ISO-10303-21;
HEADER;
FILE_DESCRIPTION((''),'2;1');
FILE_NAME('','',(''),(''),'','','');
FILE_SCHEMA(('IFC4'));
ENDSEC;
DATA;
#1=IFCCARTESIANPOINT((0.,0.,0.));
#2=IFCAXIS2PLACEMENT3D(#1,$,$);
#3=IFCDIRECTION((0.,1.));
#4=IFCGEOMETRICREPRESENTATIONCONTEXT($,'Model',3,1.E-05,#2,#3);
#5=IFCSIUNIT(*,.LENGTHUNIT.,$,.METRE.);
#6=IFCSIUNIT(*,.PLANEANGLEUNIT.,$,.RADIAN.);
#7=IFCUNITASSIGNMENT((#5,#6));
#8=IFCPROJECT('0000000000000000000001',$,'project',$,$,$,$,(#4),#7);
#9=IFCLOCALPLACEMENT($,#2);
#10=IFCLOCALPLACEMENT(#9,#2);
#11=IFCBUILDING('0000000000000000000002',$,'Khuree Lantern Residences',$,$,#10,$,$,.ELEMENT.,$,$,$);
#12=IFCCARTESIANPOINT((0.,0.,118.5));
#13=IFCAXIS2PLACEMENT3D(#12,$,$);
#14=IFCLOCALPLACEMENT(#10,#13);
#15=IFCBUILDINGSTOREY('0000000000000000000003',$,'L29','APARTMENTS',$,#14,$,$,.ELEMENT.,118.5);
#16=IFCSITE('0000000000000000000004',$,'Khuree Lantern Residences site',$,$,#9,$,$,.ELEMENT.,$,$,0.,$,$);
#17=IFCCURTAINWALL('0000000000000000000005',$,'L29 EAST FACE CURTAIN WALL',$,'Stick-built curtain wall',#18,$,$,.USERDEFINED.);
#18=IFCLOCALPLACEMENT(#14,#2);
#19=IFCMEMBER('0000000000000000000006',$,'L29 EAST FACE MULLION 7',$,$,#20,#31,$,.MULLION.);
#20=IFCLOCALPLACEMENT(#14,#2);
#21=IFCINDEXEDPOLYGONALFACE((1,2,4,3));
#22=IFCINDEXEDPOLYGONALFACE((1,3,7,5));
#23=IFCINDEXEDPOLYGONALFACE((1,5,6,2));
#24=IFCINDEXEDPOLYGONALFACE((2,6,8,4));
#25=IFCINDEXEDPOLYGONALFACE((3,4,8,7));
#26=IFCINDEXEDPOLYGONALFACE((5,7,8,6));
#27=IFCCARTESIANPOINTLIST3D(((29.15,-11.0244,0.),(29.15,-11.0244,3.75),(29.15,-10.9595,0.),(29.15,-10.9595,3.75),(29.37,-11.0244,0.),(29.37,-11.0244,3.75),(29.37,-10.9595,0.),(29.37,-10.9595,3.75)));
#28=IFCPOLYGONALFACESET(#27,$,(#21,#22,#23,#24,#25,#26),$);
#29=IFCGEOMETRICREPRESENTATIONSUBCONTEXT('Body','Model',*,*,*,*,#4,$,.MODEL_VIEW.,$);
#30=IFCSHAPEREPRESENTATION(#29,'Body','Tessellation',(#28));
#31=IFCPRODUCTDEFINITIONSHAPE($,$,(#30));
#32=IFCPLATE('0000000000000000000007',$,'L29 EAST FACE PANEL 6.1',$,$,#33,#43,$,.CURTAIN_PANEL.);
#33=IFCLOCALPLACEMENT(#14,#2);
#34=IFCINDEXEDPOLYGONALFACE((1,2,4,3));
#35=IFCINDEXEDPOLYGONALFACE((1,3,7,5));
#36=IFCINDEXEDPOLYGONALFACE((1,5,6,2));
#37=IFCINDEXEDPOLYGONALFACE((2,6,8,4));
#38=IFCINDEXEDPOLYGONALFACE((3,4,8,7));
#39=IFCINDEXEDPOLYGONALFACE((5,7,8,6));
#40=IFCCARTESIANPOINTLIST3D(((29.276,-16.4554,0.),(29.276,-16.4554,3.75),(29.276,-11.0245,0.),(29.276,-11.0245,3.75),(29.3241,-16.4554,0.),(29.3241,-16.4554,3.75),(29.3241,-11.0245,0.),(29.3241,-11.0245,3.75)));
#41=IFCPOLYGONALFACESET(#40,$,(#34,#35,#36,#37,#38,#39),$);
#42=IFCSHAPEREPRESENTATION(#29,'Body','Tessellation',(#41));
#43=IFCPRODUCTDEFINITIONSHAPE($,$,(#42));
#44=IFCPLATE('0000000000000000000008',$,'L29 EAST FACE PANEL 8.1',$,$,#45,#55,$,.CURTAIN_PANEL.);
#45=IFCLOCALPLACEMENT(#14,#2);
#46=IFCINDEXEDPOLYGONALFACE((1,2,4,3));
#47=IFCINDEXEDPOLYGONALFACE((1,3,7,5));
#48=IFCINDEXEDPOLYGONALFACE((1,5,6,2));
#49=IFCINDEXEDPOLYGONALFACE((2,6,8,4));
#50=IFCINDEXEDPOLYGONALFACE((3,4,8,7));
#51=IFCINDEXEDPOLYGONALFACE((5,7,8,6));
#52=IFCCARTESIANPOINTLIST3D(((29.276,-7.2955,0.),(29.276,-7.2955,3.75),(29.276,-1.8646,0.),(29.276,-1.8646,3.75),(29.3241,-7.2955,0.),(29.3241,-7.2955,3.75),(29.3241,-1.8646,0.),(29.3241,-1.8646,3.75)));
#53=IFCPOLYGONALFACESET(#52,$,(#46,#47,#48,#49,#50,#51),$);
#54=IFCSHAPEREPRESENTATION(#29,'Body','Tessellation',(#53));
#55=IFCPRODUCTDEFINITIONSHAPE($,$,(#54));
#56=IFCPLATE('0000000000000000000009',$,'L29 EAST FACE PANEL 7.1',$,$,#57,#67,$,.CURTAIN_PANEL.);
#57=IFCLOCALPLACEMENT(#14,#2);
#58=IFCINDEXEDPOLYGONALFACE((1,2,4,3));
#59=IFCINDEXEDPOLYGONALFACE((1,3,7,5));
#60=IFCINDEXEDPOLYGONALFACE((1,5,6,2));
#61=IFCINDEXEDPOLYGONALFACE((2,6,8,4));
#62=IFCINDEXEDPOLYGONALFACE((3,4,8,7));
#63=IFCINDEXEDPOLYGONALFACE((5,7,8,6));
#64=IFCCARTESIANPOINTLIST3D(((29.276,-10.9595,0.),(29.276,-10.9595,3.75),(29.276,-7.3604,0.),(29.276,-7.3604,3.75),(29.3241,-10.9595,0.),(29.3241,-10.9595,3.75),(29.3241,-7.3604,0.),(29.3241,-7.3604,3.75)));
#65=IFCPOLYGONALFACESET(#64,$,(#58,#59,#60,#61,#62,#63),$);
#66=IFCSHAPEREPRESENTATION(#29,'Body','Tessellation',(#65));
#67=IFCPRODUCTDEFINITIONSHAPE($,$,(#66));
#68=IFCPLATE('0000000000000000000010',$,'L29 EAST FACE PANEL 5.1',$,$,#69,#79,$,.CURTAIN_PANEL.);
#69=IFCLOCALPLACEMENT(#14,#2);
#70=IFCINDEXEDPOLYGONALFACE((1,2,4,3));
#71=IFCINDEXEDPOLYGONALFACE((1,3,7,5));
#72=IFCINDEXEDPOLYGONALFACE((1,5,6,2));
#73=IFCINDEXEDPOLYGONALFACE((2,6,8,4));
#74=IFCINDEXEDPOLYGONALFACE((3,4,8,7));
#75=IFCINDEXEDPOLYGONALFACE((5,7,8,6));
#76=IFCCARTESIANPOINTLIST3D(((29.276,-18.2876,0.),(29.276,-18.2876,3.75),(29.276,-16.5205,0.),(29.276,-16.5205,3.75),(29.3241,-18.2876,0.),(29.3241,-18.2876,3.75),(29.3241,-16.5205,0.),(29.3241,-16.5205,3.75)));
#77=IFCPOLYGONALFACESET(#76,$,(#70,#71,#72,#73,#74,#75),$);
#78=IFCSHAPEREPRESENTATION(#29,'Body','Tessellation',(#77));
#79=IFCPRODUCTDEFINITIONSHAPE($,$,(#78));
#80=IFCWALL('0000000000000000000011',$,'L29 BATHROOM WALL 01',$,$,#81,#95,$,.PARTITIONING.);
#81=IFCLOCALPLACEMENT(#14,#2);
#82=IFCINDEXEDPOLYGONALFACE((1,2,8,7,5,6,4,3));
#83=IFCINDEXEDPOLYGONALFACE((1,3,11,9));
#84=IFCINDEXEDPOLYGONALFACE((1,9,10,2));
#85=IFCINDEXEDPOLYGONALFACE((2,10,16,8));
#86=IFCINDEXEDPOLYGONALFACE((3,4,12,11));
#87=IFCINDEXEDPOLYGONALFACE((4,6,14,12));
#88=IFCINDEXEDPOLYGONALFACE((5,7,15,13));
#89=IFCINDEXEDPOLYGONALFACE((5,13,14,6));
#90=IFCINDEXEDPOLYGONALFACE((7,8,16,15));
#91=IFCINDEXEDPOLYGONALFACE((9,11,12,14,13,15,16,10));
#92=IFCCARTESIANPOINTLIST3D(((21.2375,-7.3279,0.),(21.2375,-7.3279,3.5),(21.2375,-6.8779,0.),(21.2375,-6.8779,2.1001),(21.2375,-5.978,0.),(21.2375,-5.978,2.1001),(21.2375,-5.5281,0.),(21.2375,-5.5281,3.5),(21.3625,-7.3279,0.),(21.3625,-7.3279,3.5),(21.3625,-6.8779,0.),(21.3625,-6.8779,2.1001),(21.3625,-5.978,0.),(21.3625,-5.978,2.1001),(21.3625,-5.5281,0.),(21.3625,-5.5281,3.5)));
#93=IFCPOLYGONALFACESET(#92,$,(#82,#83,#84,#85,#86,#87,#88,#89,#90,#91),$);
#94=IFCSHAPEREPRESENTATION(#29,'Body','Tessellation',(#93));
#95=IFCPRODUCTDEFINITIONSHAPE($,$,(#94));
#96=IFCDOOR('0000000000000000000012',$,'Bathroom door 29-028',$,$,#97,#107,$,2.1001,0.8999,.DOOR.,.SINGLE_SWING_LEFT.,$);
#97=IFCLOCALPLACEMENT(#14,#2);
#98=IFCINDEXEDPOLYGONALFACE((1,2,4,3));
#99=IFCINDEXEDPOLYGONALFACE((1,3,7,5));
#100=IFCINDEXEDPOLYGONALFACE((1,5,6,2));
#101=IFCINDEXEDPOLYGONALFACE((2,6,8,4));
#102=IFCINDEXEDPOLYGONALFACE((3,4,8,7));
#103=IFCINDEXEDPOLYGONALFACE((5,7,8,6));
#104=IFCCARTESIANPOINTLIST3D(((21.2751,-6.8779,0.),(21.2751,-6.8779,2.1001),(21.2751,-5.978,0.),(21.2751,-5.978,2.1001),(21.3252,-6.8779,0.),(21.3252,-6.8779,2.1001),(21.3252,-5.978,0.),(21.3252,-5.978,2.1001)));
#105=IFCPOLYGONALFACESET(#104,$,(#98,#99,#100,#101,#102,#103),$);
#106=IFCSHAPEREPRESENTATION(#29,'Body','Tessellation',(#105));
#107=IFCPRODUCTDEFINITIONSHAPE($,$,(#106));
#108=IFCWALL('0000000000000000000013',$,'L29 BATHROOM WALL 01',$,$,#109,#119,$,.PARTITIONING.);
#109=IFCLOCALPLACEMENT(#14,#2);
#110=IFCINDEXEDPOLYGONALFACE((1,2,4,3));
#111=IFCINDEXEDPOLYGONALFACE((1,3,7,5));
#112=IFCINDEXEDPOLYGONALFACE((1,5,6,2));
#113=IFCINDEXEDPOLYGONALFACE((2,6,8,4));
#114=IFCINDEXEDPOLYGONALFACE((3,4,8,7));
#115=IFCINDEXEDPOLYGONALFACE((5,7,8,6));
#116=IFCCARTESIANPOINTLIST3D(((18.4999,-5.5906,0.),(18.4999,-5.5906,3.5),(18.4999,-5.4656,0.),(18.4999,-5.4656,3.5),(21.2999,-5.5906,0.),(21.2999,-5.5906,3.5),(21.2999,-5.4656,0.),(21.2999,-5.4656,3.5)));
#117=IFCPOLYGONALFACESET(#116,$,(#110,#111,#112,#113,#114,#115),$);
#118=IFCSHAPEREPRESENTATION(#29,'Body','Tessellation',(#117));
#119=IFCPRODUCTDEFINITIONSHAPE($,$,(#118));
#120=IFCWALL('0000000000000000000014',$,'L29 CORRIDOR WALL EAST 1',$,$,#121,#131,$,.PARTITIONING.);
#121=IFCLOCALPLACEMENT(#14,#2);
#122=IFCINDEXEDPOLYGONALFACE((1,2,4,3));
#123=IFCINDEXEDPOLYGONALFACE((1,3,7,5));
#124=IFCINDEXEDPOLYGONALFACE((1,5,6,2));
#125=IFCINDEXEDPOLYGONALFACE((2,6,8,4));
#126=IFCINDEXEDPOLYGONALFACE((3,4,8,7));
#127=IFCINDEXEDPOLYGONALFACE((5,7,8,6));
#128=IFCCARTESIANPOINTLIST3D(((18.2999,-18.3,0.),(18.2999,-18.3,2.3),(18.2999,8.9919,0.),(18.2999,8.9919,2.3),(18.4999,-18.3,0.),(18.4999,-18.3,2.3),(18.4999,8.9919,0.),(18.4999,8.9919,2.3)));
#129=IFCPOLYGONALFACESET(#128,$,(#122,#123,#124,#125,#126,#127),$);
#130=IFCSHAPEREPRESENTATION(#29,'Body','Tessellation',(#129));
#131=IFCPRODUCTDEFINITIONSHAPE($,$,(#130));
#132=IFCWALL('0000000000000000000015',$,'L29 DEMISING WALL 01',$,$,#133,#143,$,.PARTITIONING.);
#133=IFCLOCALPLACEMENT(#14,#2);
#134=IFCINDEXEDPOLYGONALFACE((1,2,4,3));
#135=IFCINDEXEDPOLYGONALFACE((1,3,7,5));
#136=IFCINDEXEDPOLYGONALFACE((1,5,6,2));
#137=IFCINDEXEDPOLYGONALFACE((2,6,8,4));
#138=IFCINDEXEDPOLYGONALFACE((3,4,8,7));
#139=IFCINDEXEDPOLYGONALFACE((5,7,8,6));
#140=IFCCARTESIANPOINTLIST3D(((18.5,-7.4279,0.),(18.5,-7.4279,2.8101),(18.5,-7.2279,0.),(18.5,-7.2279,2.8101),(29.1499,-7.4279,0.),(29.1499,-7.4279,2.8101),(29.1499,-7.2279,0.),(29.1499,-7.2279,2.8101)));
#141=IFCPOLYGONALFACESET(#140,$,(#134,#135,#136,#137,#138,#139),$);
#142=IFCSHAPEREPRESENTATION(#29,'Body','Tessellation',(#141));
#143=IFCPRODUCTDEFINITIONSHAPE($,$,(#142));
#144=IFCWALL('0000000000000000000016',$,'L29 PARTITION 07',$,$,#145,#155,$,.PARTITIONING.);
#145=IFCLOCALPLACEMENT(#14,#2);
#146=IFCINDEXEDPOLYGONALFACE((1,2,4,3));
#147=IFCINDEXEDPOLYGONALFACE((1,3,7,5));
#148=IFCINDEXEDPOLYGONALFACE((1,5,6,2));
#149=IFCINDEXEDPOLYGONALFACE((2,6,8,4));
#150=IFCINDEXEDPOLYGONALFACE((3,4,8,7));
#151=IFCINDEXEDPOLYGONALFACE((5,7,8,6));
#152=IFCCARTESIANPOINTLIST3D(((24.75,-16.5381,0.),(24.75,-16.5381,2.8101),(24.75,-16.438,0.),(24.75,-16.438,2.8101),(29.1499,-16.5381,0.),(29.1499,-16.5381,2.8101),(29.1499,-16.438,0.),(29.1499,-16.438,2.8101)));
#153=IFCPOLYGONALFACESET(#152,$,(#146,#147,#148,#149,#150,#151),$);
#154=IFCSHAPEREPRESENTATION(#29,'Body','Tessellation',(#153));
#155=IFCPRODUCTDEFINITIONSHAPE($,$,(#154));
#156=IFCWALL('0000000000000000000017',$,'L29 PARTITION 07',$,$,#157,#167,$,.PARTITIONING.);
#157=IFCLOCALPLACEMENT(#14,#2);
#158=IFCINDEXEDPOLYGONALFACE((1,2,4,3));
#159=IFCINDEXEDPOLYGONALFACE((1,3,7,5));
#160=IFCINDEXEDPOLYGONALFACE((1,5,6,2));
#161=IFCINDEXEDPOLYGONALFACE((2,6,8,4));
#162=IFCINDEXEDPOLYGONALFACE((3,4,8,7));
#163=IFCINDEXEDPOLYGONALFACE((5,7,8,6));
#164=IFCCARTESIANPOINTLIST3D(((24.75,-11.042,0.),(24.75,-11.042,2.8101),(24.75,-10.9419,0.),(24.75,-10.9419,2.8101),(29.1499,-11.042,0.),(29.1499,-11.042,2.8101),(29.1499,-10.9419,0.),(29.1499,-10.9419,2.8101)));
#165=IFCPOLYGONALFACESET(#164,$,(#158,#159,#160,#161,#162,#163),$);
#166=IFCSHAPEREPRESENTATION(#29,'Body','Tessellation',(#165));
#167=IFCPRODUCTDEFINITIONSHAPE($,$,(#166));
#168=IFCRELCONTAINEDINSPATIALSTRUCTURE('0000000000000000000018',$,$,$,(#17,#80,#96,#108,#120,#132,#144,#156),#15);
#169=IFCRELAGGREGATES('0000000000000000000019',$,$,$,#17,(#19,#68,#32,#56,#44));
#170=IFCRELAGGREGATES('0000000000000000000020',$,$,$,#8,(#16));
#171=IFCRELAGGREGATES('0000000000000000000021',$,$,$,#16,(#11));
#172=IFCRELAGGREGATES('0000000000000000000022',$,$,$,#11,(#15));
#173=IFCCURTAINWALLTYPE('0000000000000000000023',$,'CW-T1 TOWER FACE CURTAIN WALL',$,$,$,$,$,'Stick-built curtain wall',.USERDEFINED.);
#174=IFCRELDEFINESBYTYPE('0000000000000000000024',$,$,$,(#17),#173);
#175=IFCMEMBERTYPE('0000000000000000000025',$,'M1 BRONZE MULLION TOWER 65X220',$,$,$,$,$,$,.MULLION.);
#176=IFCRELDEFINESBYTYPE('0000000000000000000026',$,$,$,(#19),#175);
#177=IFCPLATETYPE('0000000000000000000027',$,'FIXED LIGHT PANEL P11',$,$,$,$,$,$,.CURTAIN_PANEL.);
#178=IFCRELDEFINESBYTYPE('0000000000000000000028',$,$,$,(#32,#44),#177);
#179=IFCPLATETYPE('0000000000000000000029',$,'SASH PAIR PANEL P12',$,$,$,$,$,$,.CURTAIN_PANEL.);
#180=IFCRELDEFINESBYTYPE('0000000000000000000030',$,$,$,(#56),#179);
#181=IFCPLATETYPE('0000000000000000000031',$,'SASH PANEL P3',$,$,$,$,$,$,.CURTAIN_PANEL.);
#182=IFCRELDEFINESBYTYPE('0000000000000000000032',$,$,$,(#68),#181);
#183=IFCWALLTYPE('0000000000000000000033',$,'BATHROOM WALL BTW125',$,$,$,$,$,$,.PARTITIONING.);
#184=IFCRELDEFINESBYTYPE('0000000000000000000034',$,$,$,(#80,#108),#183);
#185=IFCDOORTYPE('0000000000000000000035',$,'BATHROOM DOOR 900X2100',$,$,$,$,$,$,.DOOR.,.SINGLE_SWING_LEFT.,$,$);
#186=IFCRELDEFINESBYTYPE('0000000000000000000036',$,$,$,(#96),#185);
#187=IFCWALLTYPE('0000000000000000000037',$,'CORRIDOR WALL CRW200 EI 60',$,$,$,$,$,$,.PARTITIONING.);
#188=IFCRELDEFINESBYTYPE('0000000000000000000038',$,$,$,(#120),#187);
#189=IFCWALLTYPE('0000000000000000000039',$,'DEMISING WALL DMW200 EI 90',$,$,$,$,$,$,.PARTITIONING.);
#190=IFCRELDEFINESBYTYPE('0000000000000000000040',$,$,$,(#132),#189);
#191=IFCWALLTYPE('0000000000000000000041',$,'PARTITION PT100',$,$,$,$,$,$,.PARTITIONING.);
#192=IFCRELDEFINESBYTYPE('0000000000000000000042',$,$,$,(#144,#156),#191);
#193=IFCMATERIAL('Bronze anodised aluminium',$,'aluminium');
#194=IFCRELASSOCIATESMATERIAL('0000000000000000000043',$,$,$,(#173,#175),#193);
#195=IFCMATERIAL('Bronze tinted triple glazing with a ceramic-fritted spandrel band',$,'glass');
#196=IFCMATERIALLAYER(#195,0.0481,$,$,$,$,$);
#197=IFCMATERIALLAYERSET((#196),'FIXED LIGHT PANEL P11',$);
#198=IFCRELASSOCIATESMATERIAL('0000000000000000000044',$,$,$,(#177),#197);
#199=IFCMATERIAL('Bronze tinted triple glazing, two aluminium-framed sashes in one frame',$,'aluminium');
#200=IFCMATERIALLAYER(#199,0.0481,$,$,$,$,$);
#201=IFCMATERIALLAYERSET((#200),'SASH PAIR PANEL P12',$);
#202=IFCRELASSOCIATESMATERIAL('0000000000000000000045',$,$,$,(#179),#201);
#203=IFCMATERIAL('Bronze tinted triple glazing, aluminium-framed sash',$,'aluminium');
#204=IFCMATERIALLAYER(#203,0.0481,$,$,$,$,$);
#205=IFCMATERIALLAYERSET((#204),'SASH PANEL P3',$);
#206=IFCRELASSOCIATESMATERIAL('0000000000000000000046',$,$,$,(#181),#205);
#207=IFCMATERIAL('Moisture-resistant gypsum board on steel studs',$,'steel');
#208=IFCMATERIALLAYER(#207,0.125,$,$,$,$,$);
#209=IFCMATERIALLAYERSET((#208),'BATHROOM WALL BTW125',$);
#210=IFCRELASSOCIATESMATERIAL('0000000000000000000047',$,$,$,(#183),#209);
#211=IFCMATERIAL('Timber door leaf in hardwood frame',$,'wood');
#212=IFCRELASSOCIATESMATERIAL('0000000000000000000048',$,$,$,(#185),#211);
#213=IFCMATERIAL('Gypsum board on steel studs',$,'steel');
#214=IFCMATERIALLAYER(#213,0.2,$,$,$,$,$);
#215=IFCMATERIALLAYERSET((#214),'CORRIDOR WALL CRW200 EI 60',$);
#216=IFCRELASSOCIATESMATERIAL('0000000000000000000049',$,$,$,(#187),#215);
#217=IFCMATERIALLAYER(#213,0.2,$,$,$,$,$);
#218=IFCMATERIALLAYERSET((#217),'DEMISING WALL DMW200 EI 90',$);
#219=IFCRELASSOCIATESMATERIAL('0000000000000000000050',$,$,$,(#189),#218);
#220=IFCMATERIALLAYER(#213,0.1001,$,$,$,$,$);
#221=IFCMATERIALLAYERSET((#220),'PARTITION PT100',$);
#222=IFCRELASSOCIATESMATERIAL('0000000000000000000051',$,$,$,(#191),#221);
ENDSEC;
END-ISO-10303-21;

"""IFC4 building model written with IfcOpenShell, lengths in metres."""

from ifc_helpers import new_model, si_unit, direction, frame, frame_2d, origin, origin_2d, place, context, subcontext, project, spatial, rectangle, extrude, material, layer, layer_set, material_profile, profile_set, type_object, element, fill, aggregate, save


model = new_model("IFC4")

# Units and contexts
model_context = context("Model", 3, precision=1e-05, world=origin(), true_north=direction((0.0, 1.0)))
body_context = subcontext(model_context, "Body", "Model", "MODEL_VIEW")
ifc_project = project(units=[si_unit("LENGTHUNIT", "METRE"), si_unit("PLANEANGLEUNIT", "RADIAN")], contexts=[model_context])

# Site, building, storey
site_placement = place(None, origin())
site = spatial("IfcSite", under=ifc_project, at=site_placement, Name="Khuree Lantern Residences site", CompositionType="ELEMENT", RefElevation=0.0)
building_placement = place(site_placement, origin())
building = spatial("IfcBuilding", under=site, at=building_placement, Name="Khuree Lantern Residences", CompositionType="ELEMENT")
storey_placement = place(building_placement, frame((0.0, 0.0, 118.5)))
storey = spatial("IfcBuildingStorey", under=building, at=storey_placement, Name="L29", Description="APARTMENTS", CompositionType="ELEMENT", Elevation=118.5)

# Curtain wall
ifc_material_1 = material(Name="Bronze anodised aluminium", Category="aluminium")
curtain_wall_type = type_object("IfcCurtainWallType", Name="CW-T1 TOWER FACE CURTAIN WALL", ElementType="Stick-built curtain wall", PredefinedType="USERDEFINED", material=ifc_material_1)
curtain_wall_placement = place(storey_placement, origin())
curtain_wall = element("IfcCurtainWall", 1, at=curtain_wall_placement, inside=storey, type_object=curtain_wall_type, Name="L29 EAST FACE CURTAIN WALL", ObjectType="Stick-built curtain wall", PredefinedType="USERDEFINED")

# Member
ifc_material_profile_1 = material_profile(ifc_material_1, rectangle(XDim=0.0649, YDim=0.22, at=origin_2d()), Name="M1 65X220")
ifc_profile_set_1 = profile_set([ifc_material_profile_1], Name="Bronze anodised aluminium")
member_type_1 = type_object("IfcMemberType", Name="M1 BRONZE MULLION TOWER 65X220", PredefinedType="MULLION", material=ifc_profile_set_1)
member_1_placement = place(storey_placement, frame((29.26, -10.9919, 0.0), z_axis=(0.0, 0.0, 1.0), x_axis=(0.0, 1.0, 0.0)))
member_1 = element("IfcMember", 2, at=member_1_placement, type_object=member_type_1, Name="L29 EAST FACE MULLION 7", PredefinedType="MULLION", context=body_context, shape_type="SweptSolid", body=[
    extrude(rectangle(XDim=0.0649, YDim=0.22, at=origin_2d()), origin(), (0.0, 0.0, 1.0), 3.75),
])

# Plates
ifc_material_2 = material(Name="Bronze tinted triple glazing with a ceramic-fritted spandrel band", Category="glass")
ifc_layer_1 = layer(ifc_material_2, 0.0481)
ifc_layer_set_1 = layer_set([ifc_layer_1], Name="FIXED LIGHT PANEL P11")
plate_type_1 = type_object("IfcPlateType", Name="FIXED LIGHT PANEL P11", PredefinedType="CURTAIN_PANEL", material=ifc_layer_set_1)
plate_1_placement = place(storey_placement, frame((29.3, -13.74, 0.0), z_axis=(0.0, 0.0, 1.0), x_axis=(0.0, 1.0, 0.0)))
plate_1 = element("IfcPlate", 3, at=plate_1_placement, type_object=plate_type_1, Name="L29 EAST FACE PANEL 6.1", PredefinedType="CURTAIN_PANEL", context=body_context, shape_type="SweptSolid", body=[
    extrude(rectangle(XDim=5.4309, YDim=0.0481, at=origin_2d()), origin(), (0.0, 0.0, 1.0), 3.75),
])
plate_2_placement = place(storey_placement, frame((29.3, -4.5801, 0.0), z_axis=(0.0, 0.0, 1.0), x_axis=(0.0, 1.0, 0.0)))
plate_2 = element("IfcPlate", 4, at=plate_2_placement, type_object=plate_type_1, Name="L29 EAST FACE PANEL 8.1", PredefinedType="CURTAIN_PANEL", context=body_context, shape_type="SweptSolid", body=[
    extrude(rectangle(XDim=5.4309, YDim=0.0481, at=origin_2d()), origin(), (0.0, 0.0, 1.0), 3.75),
])
ifc_material_3 = material(Name="Bronze tinted triple glazing, two aluminium-framed sashes in one frame", Category="aluminium")
ifc_layer_2 = layer(ifc_material_3, 0.0481)
ifc_layer_set_2 = layer_set([ifc_layer_2], Name="SASH PAIR PANEL P12")
plate_type_2 = type_object("IfcPlateType", Name="SASH PAIR PANEL P12", PredefinedType="CURTAIN_PANEL", material=ifc_layer_set_2)
plate_3_placement = place(storey_placement, frame((29.3, -9.1599, 0.0), z_axis=(0.0, 0.0, 1.0), x_axis=(0.0, 1.0, 0.0)))
plate_3 = element("IfcPlate", 5, at=plate_3_placement, type_object=plate_type_2, Name="L29 EAST FACE PANEL 7.1", PredefinedType="CURTAIN_PANEL", context=body_context, shape_type="SweptSolid", body=[
    extrude(rectangle(XDim=3.5991, YDim=0.0481, at=origin_2d()), origin(), (0.0, 0.0, 1.0), 3.75),
])
ifc_material_4 = material(Name="Bronze tinted triple glazing, aluminium-framed sash", Category="aluminium")
ifc_layer_3 = layer(ifc_material_4, 0.0481)
ifc_layer_set_3 = layer_set([ifc_layer_3], Name="SASH PANEL P3")
plate_type_3 = type_object("IfcPlateType", Name="SASH PANEL P3", PredefinedType="CURTAIN_PANEL", material=ifc_layer_set_3)
plate_4_placement = place(storey_placement, frame((29.3, -17.4041, 0.0), z_axis=(0.0, 0.0, 1.0), x_axis=(0.0, 1.0, 0.0)))
plate_4 = element("IfcPlate", 6, at=plate_4_placement, type_object=plate_type_3, Name="L29 EAST FACE PANEL 5.1", PredefinedType="CURTAIN_PANEL", context=body_context, shape_type="SweptSolid", body=[
    extrude(rectangle(XDim=1.7671, YDim=0.0481, at=origin_2d()), origin(), (0.0, 0.0, 1.0), 3.75),
])
aggregate(curtain_wall, [member_1, plate_4, plate_1, plate_3, plate_2])

# Wall, opening, door
ifc_material_5 = material(Name="Moisture-resistant gypsum board on steel studs", Category="steel")
ifc_layer_4 = layer(ifc_material_5, 0.125)
ifc_layer_set_4 = layer_set([ifc_layer_4], Name="BATHROOM WALL BTW125")
wall_type_1 = type_object("IfcWallType", Name="BATHROOM WALL BTW125", PredefinedType="PARTITIONING", material=ifc_layer_set_4)
wall_1_placement = place(storey_placement, frame((21.3, -7.3279, 0.0), z_axis=(0.0, 0.0, 1.0), x_axis=(0.0, 1.0, 0.0)))
wall_1 = element("IfcWall", 7, at=wall_1_placement, inside=storey, type_object=wall_type_1, Name="L29 BATHROOM WALL 01", PredefinedType="PARTITIONING", context=body_context, shape_type="SweptSolid", body=[
    extrude(rectangle(XDim=1.7998, YDim=0.125, at=frame_2d((0.8999, 0.0))), origin(), (0.0, 0.0, 1.0), 3.5),
])
opening_1_placement = place(wall_1_placement, frame((0.45, 0.0, 0.0)))
opening_1 = element("IfcOpeningElement", 8, at=opening_1_placement, cuts=wall_1, PredefinedType="OPENING", context=body_context, shape_type="SweptSolid", body=[
    extrude(rectangle(XDim=0.8999, YDim=2.1001, at=frame_2d((0.45, 1.05))), frame((0.0, 0.0725, 0.0), z_axis=(0.0, -1.0, 0.0), x_axis=(1.0, 0.0, 0.0)), (0.0, 0.0, 1.0), 0.145),
])
ifc_material_6 = material(Name="Timber door leaf in hardwood frame", Category="wood")
door_type_1 = type_object("IfcDoorType", Name="BATHROOM DOOR 900X2100", OperationType="SINGLE_SWING_LEFT", PredefinedType="DOOR", material=ifc_material_6)
door_1_placement = place(opening_1_placement, origin())
door_1 = element("IfcDoor", 9, at=door_1_placement, inside=storey, type_object=door_type_1, Name="Bathroom door 29-028", OperationType="SINGLE_SWING_LEFT", OverallHeight=2.1001, OverallWidth=0.8999, PredefinedType="DOOR", context=body_context, shape_type="SweptSolid", body=[
    extrude(rectangle(XDim=0.8999, YDim=2.1001, at=frame_2d((0.45, 1.05))), frame((0.0, 0.0249, 0.0), z_axis=(0.0, -1.0, 0.0), x_axis=(1.0, 0.0, 0.0)), (0.0, 0.0, 1.0), 0.05),
])
fill(opening_1, door_1)

# Walls
wall_2_placement = place(storey_placement, frame((18.5, -5.5281, 0.0), z_axis=(0.0, 0.0, 1.0), x_axis=(1.0, 0.0, 0.0)))
element("IfcWall", 10, at=wall_2_placement, inside=storey, type_object=wall_type_1, Name="L29 BATHROOM WALL 01", PredefinedType="PARTITIONING", context=body_context, shape_type="SweptSolid", body=[
    extrude(rectangle(XDim=2.8, YDim=0.125, at=frame_2d((1.3999, 0.0))), origin(), (0.0, 0.0, 1.0), 3.5),
])
ifc_material_7 = material(Name="Gypsum board on steel studs", Category="steel")
ifc_layer_5 = layer(ifc_material_7, 0.2)
ifc_layer_set_5 = layer_set([ifc_layer_5], Name="CORRIDOR WALL CRW200 EI 60")
wall_type_2 = type_object("IfcWallType", Name="CORRIDOR WALL CRW200 EI 60", PredefinedType="PARTITIONING", material=ifc_layer_set_5)
wall_3_placement = place(storey_placement, frame((18.3999, -18.3, 0.0), z_axis=(0.0, 0.0, 1.0), x_axis=(0.0, 1.0, 0.0)))
element("IfcWall", 11, at=wall_3_placement, inside=storey, type_object=wall_type_2, Name="L29 CORRIDOR WALL EAST 1", PredefinedType="PARTITIONING", context=body_context, shape_type="SweptSolid", body=[
    extrude(rectangle(XDim=27.292, YDim=0.2, at=frame_2d((13.646, 0.0))), origin(), (0.0, 0.0, 1.0), 2.3),
])
ifc_layer_6 = layer(ifc_material_7, 0.2)
ifc_layer_set_6 = layer_set([ifc_layer_6], Name="DEMISING WALL DMW200 EI 90")
wall_type_3 = type_object("IfcWallType", Name="DEMISING WALL DMW200 EI 90", PredefinedType="PARTITIONING", material=ifc_layer_set_6)
wall_4_placement = place(storey_placement, frame((18.5, -7.3279, 0.0), z_axis=(0.0, 0.0, 1.0), x_axis=(1.0, 0.0, 0.0)))
element("IfcWall", 12, at=wall_4_placement, inside=storey, type_object=wall_type_3, Name="L29 DEMISING WALL 01", PredefinedType="PARTITIONING", context=body_context, shape_type="SweptSolid", body=[
    extrude(rectangle(XDim=10.6499, YDim=0.2, at=frame_2d((5.325, 0.0))), origin(), (0.0, 0.0, 1.0), 2.8101),
])
ifc_layer_7 = layer(ifc_material_7, 0.1001)
ifc_layer_set_7 = layer_set([ifc_layer_7], Name="PARTITION PT100")
wall_type_4 = type_object("IfcWallType", Name="PARTITION PT100", PredefinedType="PARTITIONING", material=ifc_layer_set_7)
for number, where, z_axis, x_axis, name in (
    (13, (24.75, -16.488, 0.0), (0.0, 0.0, 1.0), (1.0, 0.0, 0.0), "L29 PARTITION 07"),
    (14, (24.75, -10.9919, 0.0), (0.0, 0.0, 1.0), (1.0, 0.0, 0.0), "L29 PARTITION 07"),
):
    element("IfcWall", number, at=place(storey_placement, frame(where, z_axis=z_axis, x_axis=x_axis)), inside=storey, type_object=wall_type_4, Name=name, PredefinedType="PARTITIONING", context=body_context, shape_type="SweptSolid", body=[
        extrude(rectangle(XDim=4.3999, YDim=0.1001, at=frame_2d((2.2, 0.0))), origin(), (0.0, 0.0, 1.0), 2.8101),
    ])

save(model, "model.ifc")
